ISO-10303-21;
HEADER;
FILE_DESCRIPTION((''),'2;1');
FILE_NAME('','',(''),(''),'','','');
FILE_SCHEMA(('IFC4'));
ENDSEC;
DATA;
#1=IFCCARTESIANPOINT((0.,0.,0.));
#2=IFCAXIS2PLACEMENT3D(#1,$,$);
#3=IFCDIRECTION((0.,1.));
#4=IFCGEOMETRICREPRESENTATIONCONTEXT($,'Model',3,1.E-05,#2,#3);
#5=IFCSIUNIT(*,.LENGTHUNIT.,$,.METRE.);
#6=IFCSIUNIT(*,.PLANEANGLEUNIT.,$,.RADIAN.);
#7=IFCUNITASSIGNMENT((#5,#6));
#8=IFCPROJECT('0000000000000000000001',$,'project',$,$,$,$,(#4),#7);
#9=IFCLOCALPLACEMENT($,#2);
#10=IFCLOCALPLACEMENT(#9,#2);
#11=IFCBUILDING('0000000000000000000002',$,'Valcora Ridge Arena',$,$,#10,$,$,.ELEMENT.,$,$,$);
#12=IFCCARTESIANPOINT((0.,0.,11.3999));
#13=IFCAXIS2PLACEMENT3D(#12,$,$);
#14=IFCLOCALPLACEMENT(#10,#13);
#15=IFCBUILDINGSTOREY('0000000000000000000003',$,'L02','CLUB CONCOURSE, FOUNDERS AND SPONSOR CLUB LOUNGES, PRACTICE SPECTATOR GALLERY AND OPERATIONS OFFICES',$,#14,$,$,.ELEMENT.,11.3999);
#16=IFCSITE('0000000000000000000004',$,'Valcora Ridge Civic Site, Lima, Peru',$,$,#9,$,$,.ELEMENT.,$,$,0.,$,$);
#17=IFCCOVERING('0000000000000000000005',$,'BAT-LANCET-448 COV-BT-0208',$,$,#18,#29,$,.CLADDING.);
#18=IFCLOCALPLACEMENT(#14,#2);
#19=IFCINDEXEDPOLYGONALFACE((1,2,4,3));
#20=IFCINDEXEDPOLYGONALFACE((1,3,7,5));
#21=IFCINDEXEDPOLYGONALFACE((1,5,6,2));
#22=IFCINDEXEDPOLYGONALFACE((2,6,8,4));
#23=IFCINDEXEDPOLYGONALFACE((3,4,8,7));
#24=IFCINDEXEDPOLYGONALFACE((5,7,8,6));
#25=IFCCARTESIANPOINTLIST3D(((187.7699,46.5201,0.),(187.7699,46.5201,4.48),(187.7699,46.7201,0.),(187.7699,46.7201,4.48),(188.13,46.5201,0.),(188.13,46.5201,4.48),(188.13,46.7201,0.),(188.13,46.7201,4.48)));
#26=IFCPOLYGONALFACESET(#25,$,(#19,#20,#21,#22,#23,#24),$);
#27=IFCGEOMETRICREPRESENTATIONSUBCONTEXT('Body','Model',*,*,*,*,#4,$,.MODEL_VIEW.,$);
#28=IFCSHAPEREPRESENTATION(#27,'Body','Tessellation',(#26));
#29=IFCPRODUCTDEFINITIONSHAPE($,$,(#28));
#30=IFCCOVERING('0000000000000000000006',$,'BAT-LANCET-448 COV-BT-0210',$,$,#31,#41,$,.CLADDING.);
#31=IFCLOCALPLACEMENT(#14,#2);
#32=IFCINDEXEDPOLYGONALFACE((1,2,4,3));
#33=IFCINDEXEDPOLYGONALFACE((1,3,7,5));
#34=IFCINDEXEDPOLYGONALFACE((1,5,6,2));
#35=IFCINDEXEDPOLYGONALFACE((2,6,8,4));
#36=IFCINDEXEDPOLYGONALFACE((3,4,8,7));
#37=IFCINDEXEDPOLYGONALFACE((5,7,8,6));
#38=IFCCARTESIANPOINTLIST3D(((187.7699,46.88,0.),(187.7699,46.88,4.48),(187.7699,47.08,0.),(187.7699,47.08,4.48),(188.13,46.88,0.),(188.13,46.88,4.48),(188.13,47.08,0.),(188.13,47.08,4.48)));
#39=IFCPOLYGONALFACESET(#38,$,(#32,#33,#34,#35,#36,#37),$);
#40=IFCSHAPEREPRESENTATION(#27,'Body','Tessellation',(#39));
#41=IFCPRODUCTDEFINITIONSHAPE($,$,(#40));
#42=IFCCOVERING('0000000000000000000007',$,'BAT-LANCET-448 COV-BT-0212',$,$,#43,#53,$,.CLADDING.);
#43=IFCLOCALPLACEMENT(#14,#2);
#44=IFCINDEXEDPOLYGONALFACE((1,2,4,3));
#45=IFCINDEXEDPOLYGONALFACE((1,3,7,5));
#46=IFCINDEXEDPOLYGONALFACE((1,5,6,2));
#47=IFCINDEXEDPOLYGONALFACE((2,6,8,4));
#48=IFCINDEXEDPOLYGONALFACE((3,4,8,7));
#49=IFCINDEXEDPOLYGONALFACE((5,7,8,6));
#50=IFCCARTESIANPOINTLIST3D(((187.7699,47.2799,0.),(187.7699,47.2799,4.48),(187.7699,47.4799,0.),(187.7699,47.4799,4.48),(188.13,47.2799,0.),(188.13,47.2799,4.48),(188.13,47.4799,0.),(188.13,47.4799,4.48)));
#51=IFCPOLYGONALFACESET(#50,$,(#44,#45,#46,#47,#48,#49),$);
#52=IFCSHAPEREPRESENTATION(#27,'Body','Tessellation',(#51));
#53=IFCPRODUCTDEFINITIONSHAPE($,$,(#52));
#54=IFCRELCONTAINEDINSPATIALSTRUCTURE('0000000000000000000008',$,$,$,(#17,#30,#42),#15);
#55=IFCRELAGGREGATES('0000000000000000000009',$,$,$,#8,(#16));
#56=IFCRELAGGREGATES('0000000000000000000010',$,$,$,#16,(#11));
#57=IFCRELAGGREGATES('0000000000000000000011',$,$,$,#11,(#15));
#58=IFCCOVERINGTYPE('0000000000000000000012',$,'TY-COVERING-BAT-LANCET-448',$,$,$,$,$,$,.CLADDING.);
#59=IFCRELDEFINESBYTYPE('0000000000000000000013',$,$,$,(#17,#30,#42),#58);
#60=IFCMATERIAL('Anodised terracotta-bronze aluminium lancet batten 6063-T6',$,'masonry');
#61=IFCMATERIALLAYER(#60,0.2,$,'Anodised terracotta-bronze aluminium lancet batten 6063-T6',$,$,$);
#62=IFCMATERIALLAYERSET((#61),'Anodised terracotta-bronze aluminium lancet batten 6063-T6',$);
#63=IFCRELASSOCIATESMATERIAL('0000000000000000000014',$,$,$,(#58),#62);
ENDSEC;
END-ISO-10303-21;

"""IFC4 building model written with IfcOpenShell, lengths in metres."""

from ifc_helpers import new_model, si_unit, direction, frame, origin, origin_2d, place, context, subcontext, project, spatial, rectangle, extrude, material, layer, layer_set, type_object, element, save


model = new_model("IFC4")

# Units and contexts
model_context = context("Model", 3, precision=1e-05, world=origin(), true_north=direction((0.0, 1.0)))
body_context = subcontext(model_context, "Body", "Model", "MODEL_VIEW")
ifc_project = project(units=[si_unit("LENGTHUNIT", "METRE"), si_unit("PLANEANGLEUNIT", "RADIAN")], contexts=[model_context])

# Site, building, storey
site_placement = place(None, origin())
site = spatial("IfcSite", under=ifc_project, at=site_placement, Name="Valcora Ridge Civic Site, Lima, Peru", CompositionType="ELEMENT", RefElevation=0.0)
building_placement = place(site_placement, origin())
building = spatial("IfcBuilding", under=site, at=building_placement, Name="Valcora Ridge Arena", CompositionType="ELEMENT")
storey_placement = place(building_placement, frame((0.0, 0.0, 11.3999)))
storey = spatial("IfcBuildingStorey", under=building, at=storey_placement, Name="L02", Description="CLUB CONCOURSE, FOUNDERS AND SPONSOR CLUB LOUNGES, PRACTICE SPECTATOR GALLERY AND OPERATIONS OFFICES", CompositionType="ELEMENT", Elevation=11.3999)

# Coverings
ifc_material_1 = material(Name="Anodised terracotta-bronze aluminium lancet batten 6063-T6", Category="masonry")
ifc_layer_1 = layer(ifc_material_1, 0.2, Name="Anodised terracotta-bronze aluminium lancet batten 6063-T6")
ifc_layer_set_1 = layer_set([ifc_layer_1], Name="Anodised terracotta-bronze aluminium lancet batten 6063-T6")
covering_type = type_object("IfcCoveringType", Name="TY-COVERING-BAT-LANCET-448", PredefinedType="CLADDING", material=ifc_layer_set_1)
for number, where, z_axis, x_axis, name in (
    (1, (187.95, 46.6201, 0.0), (0.0, 0.0, 1.0), (1.0, 0.0, 0.0), "BAT-LANCET-448 COV-BT-0208"),
    (2, (187.95, 46.98, 0.0), (0.0, 0.0, 1.0), (1.0, 0.0, 0.0), "BAT-LANCET-448 COV-BT-0210"),
    (3, (187.95, 47.3799, 0.0), (0.0, 0.0, 1.0), (1.0, 0.0, 0.0), "BAT-LANCET-448 COV-BT-0212"),
):
    element("IfcCovering", number, at=place(storey_placement, frame(where, z_axis=z_axis, x_axis=x_axis)), inside=storey, type_object=covering_type, Name=name, PredefinedType="CLADDING", context=body_context, shape_type="SweptSolid", body=[
        extrude(rectangle(XDim=0.3601, YDim=0.2, at=origin_2d()), origin(), (0.0, 0.0, 1.0), 4.48),
    ])

save(model, "model.ifc")
